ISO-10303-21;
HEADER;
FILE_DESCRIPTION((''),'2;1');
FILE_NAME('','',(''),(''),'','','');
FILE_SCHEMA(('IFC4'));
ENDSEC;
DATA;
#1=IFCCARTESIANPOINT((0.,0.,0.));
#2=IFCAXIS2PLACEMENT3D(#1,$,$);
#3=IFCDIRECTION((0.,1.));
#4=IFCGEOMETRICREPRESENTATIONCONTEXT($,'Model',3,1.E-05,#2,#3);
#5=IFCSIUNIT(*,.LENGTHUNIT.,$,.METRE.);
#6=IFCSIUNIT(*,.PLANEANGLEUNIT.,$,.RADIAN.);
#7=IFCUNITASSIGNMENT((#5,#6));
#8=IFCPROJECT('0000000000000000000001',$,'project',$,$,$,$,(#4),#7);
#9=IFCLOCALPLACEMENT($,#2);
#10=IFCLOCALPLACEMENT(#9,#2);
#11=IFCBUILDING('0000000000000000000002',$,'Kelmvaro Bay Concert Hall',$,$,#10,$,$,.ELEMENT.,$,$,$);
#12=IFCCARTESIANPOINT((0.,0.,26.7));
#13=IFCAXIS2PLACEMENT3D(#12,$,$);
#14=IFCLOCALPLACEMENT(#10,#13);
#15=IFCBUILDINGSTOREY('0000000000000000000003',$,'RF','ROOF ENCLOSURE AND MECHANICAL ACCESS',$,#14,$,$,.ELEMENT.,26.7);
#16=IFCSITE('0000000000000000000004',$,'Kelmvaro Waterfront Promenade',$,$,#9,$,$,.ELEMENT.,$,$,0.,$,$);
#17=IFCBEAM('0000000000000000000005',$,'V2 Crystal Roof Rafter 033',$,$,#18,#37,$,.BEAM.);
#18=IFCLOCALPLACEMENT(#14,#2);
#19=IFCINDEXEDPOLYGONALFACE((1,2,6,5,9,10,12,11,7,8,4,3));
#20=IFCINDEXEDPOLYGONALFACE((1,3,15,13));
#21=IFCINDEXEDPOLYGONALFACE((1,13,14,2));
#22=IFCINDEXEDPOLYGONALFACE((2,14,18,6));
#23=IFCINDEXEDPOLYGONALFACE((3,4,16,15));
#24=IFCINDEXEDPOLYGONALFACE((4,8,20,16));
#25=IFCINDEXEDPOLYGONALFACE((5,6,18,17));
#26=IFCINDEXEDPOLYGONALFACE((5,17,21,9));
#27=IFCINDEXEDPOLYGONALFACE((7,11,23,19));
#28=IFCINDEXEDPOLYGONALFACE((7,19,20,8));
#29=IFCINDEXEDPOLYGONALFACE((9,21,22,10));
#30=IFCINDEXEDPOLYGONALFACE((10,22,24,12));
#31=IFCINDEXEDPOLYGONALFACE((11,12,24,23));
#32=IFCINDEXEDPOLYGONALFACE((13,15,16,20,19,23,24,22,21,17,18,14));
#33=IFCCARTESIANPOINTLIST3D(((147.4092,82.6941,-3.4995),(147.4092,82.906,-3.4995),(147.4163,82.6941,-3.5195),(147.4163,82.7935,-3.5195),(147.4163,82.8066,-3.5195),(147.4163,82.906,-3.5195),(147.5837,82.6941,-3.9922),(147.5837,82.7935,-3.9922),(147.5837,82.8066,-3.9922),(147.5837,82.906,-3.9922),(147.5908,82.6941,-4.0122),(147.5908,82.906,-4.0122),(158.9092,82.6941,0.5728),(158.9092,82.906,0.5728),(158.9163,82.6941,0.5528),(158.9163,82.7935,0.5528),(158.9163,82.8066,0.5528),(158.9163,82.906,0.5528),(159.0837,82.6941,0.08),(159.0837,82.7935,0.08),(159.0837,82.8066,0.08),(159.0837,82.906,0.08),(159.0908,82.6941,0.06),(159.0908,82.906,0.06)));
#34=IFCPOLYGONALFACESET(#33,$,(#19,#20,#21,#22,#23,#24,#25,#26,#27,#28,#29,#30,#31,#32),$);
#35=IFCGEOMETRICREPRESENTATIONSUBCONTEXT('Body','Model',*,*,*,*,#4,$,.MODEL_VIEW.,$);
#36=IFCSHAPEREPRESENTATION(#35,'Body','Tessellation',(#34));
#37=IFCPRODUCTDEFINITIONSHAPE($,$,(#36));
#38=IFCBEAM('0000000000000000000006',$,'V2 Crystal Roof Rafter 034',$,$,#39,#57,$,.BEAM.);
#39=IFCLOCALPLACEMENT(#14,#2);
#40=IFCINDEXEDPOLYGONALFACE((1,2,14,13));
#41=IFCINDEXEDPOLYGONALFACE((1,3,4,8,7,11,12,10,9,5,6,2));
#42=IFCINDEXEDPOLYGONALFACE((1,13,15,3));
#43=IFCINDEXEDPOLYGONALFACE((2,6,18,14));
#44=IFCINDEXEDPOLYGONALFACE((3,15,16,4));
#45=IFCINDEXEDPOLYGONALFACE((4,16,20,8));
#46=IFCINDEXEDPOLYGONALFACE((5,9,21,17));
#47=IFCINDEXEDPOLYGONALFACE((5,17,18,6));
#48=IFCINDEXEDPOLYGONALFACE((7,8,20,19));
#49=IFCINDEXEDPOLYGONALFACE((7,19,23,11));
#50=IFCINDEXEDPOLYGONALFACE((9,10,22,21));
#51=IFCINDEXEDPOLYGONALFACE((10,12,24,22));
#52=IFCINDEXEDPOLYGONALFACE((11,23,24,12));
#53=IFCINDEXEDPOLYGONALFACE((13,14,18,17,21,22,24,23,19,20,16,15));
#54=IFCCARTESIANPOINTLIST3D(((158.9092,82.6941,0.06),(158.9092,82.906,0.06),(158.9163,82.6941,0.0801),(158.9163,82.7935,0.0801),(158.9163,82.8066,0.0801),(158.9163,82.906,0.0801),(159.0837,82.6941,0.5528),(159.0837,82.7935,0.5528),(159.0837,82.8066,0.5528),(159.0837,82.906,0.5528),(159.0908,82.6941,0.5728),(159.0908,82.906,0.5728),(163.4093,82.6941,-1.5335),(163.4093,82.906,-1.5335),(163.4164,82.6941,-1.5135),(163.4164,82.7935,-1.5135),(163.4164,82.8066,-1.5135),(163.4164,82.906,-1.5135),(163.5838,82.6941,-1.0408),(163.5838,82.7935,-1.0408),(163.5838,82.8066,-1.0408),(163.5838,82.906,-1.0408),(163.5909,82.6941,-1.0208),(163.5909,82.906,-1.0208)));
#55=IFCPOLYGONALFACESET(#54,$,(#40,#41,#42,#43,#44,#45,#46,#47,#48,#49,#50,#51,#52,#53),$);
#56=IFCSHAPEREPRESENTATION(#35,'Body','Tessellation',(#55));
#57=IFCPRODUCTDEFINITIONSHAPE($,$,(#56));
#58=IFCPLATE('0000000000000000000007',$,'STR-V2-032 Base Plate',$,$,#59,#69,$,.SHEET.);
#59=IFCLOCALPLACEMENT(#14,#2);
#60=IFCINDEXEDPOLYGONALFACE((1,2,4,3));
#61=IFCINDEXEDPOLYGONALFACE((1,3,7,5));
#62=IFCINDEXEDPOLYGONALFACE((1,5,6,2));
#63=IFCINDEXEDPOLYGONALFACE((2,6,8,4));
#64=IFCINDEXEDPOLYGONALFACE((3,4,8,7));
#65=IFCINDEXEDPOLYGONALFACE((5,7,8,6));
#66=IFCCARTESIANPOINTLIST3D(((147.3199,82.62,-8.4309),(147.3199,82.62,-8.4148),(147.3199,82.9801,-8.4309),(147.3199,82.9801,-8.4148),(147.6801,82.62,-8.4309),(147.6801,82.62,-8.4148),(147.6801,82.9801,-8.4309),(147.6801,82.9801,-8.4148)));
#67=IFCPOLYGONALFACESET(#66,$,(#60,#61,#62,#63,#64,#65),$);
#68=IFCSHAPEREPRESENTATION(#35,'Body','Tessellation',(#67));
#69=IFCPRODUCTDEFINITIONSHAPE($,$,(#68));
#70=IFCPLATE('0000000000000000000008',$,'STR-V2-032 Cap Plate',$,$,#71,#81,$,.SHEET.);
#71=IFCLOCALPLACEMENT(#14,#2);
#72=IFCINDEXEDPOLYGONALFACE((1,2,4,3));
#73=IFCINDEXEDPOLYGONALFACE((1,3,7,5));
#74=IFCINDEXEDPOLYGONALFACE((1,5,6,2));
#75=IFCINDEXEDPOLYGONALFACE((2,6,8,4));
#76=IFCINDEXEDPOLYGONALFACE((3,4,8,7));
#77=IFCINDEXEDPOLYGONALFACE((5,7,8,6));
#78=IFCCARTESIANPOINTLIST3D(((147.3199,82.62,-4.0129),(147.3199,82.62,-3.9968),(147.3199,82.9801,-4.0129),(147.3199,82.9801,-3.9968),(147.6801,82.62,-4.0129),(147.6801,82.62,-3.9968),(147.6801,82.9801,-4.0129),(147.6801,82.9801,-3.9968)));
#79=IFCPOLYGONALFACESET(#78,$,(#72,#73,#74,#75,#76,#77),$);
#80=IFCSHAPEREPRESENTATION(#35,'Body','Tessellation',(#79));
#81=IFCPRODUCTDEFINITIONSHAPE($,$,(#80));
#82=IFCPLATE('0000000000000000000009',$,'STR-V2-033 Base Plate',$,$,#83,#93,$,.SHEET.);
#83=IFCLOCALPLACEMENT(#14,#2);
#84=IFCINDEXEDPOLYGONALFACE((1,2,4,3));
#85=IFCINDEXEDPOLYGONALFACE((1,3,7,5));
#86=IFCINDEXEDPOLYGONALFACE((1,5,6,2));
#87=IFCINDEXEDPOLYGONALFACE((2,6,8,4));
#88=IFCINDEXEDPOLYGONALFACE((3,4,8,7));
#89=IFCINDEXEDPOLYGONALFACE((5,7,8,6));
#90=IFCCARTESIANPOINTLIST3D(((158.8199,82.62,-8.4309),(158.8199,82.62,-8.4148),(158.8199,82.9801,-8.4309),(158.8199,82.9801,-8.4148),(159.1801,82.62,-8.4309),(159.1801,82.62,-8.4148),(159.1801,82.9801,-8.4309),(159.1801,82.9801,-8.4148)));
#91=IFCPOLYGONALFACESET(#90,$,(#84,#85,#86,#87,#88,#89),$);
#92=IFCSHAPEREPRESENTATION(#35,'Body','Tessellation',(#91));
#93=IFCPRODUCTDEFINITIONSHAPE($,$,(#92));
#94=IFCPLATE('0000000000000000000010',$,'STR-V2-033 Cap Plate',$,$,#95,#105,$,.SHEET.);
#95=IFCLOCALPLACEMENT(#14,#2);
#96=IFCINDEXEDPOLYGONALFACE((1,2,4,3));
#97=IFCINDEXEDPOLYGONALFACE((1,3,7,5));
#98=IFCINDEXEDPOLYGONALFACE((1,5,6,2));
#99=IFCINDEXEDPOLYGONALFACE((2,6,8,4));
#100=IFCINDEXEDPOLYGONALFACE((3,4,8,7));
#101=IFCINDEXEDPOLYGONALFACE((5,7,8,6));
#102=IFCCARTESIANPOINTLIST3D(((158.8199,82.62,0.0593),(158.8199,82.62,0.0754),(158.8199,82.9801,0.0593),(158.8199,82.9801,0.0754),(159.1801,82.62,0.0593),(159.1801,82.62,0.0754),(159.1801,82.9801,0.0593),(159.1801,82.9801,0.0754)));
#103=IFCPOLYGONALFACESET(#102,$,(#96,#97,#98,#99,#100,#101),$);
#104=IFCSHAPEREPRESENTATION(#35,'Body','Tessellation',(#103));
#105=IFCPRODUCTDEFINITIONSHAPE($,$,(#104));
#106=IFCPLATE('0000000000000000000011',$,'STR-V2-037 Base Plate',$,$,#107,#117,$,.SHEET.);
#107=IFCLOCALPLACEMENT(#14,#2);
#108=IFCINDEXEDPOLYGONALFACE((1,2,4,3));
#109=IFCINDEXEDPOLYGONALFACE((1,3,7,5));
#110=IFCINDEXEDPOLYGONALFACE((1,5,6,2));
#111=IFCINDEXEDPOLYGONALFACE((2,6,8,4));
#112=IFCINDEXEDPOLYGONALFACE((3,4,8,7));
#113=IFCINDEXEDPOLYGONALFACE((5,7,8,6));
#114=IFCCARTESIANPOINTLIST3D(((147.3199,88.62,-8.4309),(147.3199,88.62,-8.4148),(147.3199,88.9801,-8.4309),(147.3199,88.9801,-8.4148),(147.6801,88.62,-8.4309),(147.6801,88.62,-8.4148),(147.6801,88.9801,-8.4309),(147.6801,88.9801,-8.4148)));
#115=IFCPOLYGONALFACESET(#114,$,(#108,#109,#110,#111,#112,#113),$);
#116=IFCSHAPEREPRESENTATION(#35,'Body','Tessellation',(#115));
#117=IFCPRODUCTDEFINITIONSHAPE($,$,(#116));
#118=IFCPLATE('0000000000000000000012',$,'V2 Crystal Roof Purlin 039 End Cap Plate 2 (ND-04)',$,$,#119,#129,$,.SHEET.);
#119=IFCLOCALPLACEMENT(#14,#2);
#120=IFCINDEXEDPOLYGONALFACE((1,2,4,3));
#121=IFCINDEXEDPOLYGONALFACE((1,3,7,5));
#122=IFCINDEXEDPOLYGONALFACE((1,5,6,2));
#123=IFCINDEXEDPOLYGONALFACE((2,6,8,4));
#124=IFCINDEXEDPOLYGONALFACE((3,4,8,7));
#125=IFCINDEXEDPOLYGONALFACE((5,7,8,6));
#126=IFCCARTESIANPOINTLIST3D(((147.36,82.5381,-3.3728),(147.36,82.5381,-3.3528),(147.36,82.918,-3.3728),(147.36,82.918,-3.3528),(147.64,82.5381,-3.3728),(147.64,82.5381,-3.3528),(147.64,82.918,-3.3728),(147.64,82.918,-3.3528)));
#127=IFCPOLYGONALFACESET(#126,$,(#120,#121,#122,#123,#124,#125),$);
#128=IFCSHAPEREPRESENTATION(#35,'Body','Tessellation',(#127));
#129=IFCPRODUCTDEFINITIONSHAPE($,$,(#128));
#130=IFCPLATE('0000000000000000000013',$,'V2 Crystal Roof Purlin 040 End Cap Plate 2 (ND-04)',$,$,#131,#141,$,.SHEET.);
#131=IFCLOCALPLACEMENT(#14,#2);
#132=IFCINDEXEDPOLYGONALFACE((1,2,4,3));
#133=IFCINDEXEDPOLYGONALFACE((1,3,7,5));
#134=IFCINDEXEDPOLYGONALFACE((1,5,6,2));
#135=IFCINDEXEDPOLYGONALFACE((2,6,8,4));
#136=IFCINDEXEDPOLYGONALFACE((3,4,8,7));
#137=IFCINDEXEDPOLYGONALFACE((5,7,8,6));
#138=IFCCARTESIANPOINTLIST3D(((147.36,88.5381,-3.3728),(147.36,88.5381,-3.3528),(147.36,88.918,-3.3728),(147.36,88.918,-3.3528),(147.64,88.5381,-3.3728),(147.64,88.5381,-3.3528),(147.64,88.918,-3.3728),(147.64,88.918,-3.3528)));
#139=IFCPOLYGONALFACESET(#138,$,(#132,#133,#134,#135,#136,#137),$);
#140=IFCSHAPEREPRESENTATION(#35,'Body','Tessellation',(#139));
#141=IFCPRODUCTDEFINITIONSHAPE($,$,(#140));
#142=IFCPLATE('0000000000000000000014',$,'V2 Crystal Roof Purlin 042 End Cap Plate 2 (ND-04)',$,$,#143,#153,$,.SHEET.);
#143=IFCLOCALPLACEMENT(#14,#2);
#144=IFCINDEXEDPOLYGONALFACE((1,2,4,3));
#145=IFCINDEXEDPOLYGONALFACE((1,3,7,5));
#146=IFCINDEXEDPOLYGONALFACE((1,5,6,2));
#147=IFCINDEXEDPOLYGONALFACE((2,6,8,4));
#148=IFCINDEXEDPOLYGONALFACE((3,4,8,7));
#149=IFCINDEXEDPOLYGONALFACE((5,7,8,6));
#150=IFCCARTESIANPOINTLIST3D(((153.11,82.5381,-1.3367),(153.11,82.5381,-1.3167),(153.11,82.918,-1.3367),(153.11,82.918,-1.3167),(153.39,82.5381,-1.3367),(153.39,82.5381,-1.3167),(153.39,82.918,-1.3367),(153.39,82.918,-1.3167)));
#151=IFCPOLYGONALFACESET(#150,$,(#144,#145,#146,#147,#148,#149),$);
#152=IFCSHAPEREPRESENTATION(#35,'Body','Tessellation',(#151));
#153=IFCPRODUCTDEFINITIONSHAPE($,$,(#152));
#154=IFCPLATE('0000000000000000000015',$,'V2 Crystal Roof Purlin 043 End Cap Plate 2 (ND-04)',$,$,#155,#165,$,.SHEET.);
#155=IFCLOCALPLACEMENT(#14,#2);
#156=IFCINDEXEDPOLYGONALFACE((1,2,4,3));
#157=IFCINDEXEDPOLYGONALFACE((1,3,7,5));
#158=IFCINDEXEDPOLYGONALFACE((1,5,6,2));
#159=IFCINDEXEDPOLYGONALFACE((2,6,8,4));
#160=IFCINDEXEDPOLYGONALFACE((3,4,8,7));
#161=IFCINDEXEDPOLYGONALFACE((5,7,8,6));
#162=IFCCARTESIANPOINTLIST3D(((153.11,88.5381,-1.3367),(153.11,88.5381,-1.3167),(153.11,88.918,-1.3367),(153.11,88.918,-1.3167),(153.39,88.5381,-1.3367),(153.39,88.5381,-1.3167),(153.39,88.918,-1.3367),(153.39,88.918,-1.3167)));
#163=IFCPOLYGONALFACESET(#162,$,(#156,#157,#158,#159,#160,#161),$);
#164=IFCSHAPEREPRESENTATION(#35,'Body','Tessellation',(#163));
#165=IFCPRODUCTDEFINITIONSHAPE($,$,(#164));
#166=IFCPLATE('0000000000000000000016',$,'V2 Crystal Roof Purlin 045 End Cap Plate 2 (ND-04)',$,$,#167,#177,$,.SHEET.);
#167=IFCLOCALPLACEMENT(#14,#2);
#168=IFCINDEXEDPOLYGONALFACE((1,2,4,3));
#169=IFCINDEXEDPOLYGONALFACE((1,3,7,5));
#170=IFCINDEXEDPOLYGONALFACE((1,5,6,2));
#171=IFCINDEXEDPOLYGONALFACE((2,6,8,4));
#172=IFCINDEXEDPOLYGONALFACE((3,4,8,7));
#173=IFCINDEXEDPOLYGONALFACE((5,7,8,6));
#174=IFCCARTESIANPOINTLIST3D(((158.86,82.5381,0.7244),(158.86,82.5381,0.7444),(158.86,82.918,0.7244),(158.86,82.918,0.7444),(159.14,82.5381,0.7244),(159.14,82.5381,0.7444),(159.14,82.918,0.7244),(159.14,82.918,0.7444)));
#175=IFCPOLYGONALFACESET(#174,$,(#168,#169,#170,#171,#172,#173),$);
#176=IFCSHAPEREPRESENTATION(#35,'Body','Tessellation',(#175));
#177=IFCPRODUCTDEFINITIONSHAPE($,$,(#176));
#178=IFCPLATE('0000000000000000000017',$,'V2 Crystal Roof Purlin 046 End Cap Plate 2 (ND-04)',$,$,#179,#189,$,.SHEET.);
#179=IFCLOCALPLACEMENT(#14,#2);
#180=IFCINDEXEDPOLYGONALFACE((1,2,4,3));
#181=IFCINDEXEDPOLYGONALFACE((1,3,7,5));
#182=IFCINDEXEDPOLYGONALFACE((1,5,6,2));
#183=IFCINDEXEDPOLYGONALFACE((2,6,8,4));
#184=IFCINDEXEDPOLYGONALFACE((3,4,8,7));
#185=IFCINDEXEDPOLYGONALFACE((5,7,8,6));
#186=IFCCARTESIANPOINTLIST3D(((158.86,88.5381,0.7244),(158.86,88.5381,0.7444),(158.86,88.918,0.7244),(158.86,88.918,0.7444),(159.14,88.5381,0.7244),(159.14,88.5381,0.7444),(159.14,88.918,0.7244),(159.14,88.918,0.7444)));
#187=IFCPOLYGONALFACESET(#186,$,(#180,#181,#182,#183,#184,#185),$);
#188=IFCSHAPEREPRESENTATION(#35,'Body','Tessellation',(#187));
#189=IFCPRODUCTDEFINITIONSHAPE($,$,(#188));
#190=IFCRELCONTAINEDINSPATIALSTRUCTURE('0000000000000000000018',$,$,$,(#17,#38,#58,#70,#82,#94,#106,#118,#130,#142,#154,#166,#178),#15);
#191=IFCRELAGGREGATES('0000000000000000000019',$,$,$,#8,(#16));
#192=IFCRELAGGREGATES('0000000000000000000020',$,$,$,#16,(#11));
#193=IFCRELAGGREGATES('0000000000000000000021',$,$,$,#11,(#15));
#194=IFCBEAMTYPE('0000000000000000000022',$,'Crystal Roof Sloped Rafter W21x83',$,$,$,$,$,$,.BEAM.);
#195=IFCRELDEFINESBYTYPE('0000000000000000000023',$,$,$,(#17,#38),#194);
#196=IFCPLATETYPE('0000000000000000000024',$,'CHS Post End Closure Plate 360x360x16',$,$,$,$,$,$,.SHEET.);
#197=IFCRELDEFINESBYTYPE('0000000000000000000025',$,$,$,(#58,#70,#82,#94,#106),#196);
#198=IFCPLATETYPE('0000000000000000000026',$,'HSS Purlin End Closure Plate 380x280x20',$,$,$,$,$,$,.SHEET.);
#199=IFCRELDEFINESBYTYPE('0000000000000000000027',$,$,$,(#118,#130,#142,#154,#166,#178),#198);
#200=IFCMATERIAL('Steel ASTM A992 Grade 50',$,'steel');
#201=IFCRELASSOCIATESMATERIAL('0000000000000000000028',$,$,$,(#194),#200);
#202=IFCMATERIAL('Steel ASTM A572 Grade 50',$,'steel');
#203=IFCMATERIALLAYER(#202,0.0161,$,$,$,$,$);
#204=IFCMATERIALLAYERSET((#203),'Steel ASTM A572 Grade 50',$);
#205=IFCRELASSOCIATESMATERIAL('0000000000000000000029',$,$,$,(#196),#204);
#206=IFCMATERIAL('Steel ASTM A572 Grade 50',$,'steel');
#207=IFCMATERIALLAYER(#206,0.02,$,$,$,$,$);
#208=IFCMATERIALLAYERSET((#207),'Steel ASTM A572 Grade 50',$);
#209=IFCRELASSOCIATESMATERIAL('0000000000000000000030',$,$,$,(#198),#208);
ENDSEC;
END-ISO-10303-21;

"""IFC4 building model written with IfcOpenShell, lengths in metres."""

from ifc_helpers import new_model, si_unit, direction, frame, origin, origin_2d, place, context, subcontext, project, spatial, rectangle, i_section, extrude, material, layer, layer_set, material_profile, profile_set, type_object, element, save


model = new_model("IFC4")

# Units and contexts
model_context = context("Model", 3, precision=1e-05, world=origin(), true_north=direction((0.0, 1.0)))
body_context = subcontext(model_context, "Body", "Model", "MODEL_VIEW")
ifc_project = project(units=[si_unit("LENGTHUNIT", "METRE"), si_unit("PLANEANGLEUNIT", "RADIAN")], contexts=[model_context])

# Site, building, storey
site_placement = place(None, origin())
site = spatial("IfcSite", under=ifc_project, at=site_placement, Name="Kelmvaro Waterfront Promenade", CompositionType="ELEMENT", RefElevation=0.0)
building_placement = place(site_placement, origin())
building = spatial("IfcBuilding", under=site, at=building_placement, Name="Kelmvaro Bay Concert Hall", CompositionType="ELEMENT")
storey_placement = place(building_placement, frame((0.0, 0.0, 26.7)))
storey = spatial("IfcBuildingStorey", under=building, at=storey_placement, Name="RF", Description="ROOF ENCLOSURE AND MECHANICAL ACCESS", CompositionType="ELEMENT", Elevation=26.7)

# Beams
ifc_material_1 = material(Name="Steel ASTM A992 Grade 50", Category="steel")
ifc_material_profile_1 = material_profile(ifc_material_1, i_section(OverallWidth=0.2119, OverallDepth=0.5439, WebThickness=0.0132, FlangeThickness=0.0212, at=origin_2d()), Name="W21X83")
ifc_profile_set_1 = profile_set([ifc_material_profile_1], Name="Steel ASTM A992 Grade 50")
beam_type = type_object("IfcBeamType", Name="Crystal Roof Sloped Rafter W21x83", PredefinedType="BEAM", material=ifc_profile_set_1)
beam_1_placement = place(storey_placement, frame((147.5, 82.8, -3.7559), z_axis=(0.942644, 0.0, 0.3338), x_axis=(0.0, 1.0, 0.0)))
element("IfcBeam", 1, at=beam_1_placement, inside=storey, type_object=beam_type, Name="V2 Crystal Roof Rafter 033", PredefinedType="BEAM", context=body_context, shape_type="SweptSolid", body=[
    extrude(i_section(OverallWidth=0.2119, OverallDepth=0.5439, WebThickness=0.0132, FlangeThickness=0.0212, at=origin_2d()), origin(), (0.0, 0.0, 1.0), 12.1997),
])
beam_2_placement = place(storey_placement, frame((159.0, 82.8, 0.3164), z_axis=(0.942643, 0.0, -0.333802), x_axis=(0.0, 1.0, 0.0)))
element("IfcBeam", 2, at=beam_2_placement, inside=storey, type_object=beam_type, Name="V2 Crystal Roof Rafter 034", PredefinedType="BEAM", context=body_context, shape_type="SweptSolid", body=[
    extrude(i_section(OverallWidth=0.2119, OverallDepth=0.5439, WebThickness=0.0132, FlangeThickness=0.0212, at=origin_2d()), origin(), (0.0, 0.0, 1.0), 4.7739),
])

# Plates
ifc_material_2 = material(Name="Steel ASTM A572 Grade 50", Category="steel")
ifc_layer_1 = layer(ifc_material_2, 0.0161)
ifc_layer_set_1 = layer_set([ifc_layer_1], Name="Steel ASTM A572 Grade 50")
plate_type_1 = type_object("IfcPlateType", Name="CHS Post End Closure Plate 360x360x16", PredefinedType="SHEET", material=ifc_layer_set_1)
for number, where, z_axis, x_axis, name in (
    (3, (147.5, 82.8, -8.4309), (0.0, 0.0, 1.0), (1.0, 0.0, 0.0), "STR-V2-032 Base Plate"),
    (4, (147.5, 82.8, -4.0129), (0.0, 0.0, 1.0), (1.0, 0.0, 0.0), "STR-V2-032 Cap Plate"),
    (5, (159.0, 82.8, -8.4309), (0.0, 0.0, 1.0), (1.0, 0.0, 0.0), "STR-V2-033 Base Plate"),
    (6, (159.0, 82.8, 0.0593), (0.0, 0.0, 1.0), (1.0, 0.0, 0.0), "STR-V2-033 Cap Plate"),
    (7, (147.5, 88.8, -8.4309), (0.0, 0.0, 1.0), (1.0, 0.0, 0.0), "STR-V2-037 Base Plate"),
):
    element("IfcPlate", number, at=place(storey_placement, frame(where, z_axis=z_axis, x_axis=x_axis)), inside=storey, type_object=plate_type_1, Name=name, PredefinedType="SHEET", context=body_context, shape_type="SweptSolid", body=[
        extrude(rectangle(XDim=0.3601, YDim=0.3601, at=origin_2d()), origin(), (0.0, 0.0, 1.0), 0.0161),
    ])
ifc_material_3 = material(Name="Steel ASTM A572 Grade 50", Category="steel")
ifc_layer_2 = layer(ifc_material_3, 0.02)
ifc_layer_set_2 = layer_set([ifc_layer_2], Name="Steel ASTM A572 Grade 50")
plate_type_2 = type_object("IfcPlateType", Name="HSS Purlin End Closure Plate 380x280x20", PredefinedType="SHEET", material=ifc_layer_set_2)
for number, where, z_axis, x_axis, name in (
    (8, (147.5, 82.728, -3.3728), (0.0, 0.0, 1.0), (0.0, 1.0, 0.0), "V2 Crystal Roof Purlin 039 End Cap Plate 2 (ND-04)"),
    (9, (147.5, 88.728, -3.3728), (0.0, 0.0, 1.0), (0.0, 1.0, 0.0), "V2 Crystal Roof Purlin 040 End Cap Plate 2 (ND-04)"),
    (10, (153.25, 82.728, -1.3367), (0.0, 0.0, 1.0), (0.0, 1.0, 0.0), "V2 Crystal Roof Purlin 042 End Cap Plate 2 (ND-04)"),
    (11, (153.25, 88.728, -1.3367), (0.0, 0.0, 1.0), (0.0, 1.0, 0.0), "V2 Crystal Roof Purlin 043 End Cap Plate 2 (ND-04)"),
    (12, (159.0, 82.728, 0.7244), (0.0, 0.0, 1.0), (0.0, 1.0, 0.0), "V2 Crystal Roof Purlin 045 End Cap Plate 2 (ND-04)"),
    (13, (159.0, 88.728, 0.7244), (0.0, 0.0, 1.0), (0.0, 1.0, 0.0), "V2 Crystal Roof Purlin 046 End Cap Plate 2 (ND-04)"),
):
    element("IfcPlate", number, at=place(storey_placement, frame(where, z_axis=z_axis, x_axis=x_axis)), inside=storey, type_object=plate_type_2, Name=name, PredefinedType="SHEET", context=body_context, shape_type="SweptSolid", body=[
        extrude(rectangle(XDim=0.3799, YDim=0.28, at=origin_2d()), origin(), (0.0, 0.0, 1.0), 0.02),
    ])

save(model, "model.ifc")
